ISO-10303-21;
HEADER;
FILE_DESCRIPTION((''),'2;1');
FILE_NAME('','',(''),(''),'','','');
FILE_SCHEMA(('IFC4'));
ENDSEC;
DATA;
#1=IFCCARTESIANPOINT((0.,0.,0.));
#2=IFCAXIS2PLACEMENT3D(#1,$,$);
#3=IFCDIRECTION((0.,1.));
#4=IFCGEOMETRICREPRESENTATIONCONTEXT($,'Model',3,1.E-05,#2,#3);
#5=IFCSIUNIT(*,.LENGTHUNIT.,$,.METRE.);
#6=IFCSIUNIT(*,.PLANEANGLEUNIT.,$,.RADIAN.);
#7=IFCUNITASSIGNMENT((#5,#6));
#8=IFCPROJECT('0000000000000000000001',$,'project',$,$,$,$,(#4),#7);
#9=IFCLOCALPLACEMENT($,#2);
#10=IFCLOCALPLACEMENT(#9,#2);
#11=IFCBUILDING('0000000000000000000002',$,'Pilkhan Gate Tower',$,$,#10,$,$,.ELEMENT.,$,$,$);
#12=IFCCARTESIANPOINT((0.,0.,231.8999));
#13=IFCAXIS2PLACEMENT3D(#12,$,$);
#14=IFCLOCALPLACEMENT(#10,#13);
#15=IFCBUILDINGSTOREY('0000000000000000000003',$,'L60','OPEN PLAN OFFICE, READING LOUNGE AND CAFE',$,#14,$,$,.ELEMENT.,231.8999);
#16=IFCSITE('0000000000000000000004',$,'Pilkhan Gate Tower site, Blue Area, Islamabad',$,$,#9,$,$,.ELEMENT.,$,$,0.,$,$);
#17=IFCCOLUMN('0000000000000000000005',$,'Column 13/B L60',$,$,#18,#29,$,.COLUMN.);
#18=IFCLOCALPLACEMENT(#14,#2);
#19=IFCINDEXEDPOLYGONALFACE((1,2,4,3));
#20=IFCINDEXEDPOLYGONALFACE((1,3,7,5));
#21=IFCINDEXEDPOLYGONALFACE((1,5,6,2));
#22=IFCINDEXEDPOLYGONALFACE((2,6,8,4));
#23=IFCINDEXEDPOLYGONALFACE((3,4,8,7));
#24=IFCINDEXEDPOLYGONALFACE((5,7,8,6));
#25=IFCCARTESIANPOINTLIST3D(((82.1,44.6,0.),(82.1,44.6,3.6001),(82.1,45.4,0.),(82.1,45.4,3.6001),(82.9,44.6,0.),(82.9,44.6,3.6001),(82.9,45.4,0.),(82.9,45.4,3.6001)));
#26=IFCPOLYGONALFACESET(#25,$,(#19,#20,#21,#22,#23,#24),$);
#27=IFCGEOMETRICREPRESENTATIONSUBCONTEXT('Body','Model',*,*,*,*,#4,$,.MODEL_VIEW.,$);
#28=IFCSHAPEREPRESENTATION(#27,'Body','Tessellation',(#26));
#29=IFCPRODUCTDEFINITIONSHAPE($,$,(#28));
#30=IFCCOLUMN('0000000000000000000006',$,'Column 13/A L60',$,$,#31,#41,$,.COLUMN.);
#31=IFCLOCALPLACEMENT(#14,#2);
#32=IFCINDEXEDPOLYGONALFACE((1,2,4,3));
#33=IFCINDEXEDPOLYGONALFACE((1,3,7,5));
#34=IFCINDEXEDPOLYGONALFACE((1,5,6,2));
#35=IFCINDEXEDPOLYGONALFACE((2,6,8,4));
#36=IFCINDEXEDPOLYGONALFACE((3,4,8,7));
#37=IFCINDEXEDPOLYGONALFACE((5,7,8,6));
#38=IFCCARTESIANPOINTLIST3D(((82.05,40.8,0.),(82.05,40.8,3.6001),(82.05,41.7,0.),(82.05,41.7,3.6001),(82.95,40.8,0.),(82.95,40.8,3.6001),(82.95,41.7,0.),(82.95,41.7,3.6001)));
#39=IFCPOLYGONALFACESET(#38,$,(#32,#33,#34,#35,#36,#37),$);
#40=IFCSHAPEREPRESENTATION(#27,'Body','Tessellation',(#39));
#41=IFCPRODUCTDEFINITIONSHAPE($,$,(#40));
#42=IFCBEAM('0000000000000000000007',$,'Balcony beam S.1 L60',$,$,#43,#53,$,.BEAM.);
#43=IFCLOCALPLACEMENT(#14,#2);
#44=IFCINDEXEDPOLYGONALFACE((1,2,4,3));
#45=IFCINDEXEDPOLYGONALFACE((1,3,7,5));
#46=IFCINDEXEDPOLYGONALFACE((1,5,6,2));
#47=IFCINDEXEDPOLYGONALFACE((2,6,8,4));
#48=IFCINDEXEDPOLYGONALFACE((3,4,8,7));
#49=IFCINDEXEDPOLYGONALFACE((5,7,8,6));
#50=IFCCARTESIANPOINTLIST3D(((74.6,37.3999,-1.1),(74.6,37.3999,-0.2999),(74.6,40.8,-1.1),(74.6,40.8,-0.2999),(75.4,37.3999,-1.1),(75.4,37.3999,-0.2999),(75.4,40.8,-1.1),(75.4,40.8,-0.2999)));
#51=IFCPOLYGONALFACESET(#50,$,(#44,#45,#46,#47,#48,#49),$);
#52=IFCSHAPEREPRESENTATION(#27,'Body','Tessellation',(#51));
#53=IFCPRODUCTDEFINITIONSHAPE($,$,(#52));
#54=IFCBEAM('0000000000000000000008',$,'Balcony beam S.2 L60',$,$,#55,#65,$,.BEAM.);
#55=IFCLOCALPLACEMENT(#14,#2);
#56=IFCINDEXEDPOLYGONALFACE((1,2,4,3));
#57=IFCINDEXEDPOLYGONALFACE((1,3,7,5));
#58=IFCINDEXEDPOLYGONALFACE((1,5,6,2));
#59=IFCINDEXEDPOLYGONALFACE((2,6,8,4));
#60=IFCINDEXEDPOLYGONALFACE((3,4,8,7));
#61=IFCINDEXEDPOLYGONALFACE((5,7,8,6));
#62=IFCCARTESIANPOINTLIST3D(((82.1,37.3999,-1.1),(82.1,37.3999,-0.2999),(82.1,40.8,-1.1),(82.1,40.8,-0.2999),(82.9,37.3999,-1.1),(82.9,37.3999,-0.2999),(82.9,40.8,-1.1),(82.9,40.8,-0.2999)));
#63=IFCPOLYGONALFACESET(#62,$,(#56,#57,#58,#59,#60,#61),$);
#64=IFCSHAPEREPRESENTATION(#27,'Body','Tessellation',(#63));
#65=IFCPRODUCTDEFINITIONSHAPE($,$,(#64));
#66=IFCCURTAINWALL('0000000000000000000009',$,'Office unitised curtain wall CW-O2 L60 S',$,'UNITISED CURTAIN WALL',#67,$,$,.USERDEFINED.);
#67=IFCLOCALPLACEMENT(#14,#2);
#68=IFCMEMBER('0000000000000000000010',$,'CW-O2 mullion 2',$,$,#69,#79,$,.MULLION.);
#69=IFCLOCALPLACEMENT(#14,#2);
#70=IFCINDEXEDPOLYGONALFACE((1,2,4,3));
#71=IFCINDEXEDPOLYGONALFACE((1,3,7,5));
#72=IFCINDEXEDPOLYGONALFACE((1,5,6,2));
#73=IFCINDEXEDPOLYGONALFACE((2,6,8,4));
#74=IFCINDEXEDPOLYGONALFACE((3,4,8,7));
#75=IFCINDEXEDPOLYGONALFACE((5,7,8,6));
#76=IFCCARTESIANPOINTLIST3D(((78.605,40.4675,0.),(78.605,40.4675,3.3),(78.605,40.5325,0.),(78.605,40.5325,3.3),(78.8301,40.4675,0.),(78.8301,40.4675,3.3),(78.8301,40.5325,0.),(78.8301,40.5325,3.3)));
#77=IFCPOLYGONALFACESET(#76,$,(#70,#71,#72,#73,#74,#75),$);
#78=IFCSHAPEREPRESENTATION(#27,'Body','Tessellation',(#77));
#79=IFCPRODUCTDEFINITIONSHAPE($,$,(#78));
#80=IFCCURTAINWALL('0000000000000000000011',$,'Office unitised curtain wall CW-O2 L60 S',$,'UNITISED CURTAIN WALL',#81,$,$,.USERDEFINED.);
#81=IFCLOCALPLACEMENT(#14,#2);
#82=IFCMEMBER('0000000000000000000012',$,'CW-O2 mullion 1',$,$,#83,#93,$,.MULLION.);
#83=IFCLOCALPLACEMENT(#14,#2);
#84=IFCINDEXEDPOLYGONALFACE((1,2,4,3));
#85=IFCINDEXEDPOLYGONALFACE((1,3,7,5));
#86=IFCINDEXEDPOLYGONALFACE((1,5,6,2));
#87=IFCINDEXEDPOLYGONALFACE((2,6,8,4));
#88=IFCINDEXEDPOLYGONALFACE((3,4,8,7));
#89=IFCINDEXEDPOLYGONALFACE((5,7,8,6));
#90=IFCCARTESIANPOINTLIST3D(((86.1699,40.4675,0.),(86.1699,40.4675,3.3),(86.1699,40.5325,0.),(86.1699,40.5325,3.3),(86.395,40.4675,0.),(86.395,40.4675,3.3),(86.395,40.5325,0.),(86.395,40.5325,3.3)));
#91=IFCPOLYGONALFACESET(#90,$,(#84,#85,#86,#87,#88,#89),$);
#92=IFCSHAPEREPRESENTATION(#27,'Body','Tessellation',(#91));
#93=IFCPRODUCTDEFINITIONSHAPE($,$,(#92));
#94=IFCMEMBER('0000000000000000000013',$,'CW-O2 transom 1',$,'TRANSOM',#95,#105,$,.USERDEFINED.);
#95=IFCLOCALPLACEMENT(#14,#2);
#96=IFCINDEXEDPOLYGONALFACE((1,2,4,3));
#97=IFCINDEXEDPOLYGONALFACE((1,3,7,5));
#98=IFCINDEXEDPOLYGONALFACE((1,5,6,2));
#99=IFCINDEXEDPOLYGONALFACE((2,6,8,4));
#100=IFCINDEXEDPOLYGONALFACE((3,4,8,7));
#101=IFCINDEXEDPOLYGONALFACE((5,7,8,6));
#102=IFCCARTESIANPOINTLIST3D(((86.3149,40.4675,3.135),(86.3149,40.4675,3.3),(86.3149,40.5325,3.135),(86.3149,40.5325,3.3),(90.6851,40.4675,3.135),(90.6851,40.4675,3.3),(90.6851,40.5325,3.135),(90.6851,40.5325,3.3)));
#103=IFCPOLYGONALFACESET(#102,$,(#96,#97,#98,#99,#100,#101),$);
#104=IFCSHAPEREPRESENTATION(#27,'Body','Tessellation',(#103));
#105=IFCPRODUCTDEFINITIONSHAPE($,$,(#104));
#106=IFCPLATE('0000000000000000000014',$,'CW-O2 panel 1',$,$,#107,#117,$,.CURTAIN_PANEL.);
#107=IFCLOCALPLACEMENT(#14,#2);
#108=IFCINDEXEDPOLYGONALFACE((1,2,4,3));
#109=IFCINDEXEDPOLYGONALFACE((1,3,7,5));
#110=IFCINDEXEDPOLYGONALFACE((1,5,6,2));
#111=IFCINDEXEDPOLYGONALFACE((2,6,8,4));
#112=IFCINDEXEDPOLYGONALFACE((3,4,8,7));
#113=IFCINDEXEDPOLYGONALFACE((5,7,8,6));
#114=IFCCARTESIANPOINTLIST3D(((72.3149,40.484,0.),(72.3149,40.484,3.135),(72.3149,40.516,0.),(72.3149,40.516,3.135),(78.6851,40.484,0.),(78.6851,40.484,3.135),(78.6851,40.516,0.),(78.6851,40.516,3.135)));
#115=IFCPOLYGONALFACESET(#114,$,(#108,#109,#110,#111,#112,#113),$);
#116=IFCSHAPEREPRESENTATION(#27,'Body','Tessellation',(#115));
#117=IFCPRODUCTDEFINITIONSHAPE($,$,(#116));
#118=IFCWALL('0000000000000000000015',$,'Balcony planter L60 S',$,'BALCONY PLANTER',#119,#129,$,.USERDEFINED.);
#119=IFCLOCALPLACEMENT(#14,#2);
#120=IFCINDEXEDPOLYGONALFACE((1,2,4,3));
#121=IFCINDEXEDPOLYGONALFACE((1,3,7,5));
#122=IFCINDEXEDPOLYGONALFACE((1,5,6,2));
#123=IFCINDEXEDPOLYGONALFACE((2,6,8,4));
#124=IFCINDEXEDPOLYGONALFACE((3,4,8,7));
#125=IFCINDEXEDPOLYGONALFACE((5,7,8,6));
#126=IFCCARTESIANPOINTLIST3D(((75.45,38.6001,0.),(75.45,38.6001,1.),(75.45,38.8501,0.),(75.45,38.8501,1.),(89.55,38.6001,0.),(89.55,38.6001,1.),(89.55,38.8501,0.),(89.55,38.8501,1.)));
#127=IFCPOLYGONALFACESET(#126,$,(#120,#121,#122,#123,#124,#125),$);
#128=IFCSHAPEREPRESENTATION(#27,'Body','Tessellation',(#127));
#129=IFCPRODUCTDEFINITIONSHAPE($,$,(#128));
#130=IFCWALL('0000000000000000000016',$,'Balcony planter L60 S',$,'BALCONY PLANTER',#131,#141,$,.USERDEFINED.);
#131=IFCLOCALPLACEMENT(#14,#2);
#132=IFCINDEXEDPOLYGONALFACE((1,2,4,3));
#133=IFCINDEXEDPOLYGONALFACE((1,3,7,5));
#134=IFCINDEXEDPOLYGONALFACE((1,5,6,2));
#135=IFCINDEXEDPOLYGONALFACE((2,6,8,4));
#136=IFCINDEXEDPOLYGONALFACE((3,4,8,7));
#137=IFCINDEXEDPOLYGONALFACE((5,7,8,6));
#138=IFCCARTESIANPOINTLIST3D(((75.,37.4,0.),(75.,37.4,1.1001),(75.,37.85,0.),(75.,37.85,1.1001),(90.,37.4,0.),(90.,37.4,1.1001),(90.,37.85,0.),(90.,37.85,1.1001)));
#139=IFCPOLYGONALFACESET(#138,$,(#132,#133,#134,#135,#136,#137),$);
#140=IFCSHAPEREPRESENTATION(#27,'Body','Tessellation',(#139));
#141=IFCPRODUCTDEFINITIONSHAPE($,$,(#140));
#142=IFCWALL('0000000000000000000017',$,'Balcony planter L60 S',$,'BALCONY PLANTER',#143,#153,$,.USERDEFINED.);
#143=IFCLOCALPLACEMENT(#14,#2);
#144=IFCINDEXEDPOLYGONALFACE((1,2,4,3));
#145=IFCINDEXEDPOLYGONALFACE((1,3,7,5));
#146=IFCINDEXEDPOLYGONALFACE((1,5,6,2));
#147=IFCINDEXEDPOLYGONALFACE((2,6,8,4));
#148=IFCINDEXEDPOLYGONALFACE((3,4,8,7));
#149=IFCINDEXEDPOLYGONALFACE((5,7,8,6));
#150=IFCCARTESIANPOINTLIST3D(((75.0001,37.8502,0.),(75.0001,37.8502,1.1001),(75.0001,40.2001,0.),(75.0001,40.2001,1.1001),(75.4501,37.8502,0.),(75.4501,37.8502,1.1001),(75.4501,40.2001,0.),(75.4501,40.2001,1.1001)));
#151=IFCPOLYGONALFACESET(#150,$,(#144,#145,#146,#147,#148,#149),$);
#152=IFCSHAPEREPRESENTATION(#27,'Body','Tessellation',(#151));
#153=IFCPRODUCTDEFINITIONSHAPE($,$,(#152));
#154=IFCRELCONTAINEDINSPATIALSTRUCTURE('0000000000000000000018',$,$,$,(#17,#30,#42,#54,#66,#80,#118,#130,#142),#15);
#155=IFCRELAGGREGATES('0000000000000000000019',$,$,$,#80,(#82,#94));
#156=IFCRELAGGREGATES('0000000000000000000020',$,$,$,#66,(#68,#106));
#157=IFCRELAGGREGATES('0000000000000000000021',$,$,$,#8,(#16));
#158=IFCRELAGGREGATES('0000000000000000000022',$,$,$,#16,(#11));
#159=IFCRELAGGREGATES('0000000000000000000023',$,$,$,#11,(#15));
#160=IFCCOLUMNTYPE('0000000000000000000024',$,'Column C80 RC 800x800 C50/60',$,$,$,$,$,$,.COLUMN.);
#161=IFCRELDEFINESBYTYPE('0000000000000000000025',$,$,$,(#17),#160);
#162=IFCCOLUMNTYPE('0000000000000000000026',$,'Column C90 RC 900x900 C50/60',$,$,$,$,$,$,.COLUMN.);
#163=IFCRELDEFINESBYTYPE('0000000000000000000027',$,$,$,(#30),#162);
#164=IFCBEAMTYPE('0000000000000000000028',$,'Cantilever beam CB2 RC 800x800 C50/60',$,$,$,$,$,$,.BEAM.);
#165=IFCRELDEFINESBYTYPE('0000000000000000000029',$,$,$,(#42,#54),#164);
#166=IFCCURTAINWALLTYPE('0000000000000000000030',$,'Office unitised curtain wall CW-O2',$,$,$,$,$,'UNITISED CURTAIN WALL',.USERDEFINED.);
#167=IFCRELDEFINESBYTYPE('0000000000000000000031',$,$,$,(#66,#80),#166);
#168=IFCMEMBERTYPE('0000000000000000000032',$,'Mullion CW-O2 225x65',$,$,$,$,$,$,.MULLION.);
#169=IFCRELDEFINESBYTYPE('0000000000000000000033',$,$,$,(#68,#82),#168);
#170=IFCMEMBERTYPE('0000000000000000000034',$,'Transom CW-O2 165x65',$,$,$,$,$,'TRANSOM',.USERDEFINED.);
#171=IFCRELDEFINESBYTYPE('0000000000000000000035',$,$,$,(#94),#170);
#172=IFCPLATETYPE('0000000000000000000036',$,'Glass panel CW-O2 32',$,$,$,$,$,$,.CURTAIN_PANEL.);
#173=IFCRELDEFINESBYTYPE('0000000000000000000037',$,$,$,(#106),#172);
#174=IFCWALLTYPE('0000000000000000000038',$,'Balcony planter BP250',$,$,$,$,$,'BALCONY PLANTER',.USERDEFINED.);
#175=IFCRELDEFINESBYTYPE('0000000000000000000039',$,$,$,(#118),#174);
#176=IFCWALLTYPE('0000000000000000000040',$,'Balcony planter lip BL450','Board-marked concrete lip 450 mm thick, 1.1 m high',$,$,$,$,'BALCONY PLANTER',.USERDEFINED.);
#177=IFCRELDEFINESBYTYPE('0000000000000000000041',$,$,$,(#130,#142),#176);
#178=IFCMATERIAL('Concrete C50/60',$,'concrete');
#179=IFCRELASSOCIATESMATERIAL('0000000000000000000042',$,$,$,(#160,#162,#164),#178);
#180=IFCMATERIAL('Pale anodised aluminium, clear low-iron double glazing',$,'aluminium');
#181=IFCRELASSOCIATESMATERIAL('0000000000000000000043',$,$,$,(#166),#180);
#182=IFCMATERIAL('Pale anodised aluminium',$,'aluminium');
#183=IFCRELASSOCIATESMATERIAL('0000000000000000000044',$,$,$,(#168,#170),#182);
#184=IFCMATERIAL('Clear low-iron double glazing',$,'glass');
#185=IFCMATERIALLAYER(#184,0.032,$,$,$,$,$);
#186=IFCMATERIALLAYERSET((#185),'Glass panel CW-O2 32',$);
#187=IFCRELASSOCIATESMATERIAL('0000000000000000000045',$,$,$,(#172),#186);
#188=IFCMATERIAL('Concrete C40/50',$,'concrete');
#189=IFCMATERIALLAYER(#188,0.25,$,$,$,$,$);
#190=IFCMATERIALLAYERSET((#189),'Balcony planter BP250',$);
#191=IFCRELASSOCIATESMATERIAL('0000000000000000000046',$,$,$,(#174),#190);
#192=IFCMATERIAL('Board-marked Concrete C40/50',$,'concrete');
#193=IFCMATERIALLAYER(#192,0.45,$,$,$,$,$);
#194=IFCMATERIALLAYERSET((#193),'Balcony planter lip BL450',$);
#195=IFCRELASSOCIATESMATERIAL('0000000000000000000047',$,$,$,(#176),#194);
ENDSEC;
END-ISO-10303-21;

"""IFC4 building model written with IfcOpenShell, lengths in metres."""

from ifc_helpers import new_model, si_unit, direction, frame, frame_2d, origin, origin_2d, place, context, subcontext, project, spatial, rectangle, extrude, material, layer, layer_set, material_profile, profile_set, type_object, element, aggregate, save


model = new_model("IFC4")

# Units and contexts
model_context = context("Model", 3, precision=1e-05, world=origin(), true_north=direction((0.0, 1.0)))
body_context = subcontext(model_context, "Body", "Model", "MODEL_VIEW")
ifc_project = project(units=[si_unit("LENGTHUNIT", "METRE"), si_unit("PLANEANGLEUNIT", "RADIAN")], contexts=[model_context])

# Site, building, storey
site_placement = place(None, origin())
site = spatial("IfcSite", under=ifc_project, at=site_placement, Name="Pilkhan Gate Tower site, Blue Area, Islamabad", CompositionType="ELEMENT", RefElevation=0.0)
building_placement = place(site_placement, origin())
building = spatial("IfcBuilding", under=site, at=building_placement, Name="Pilkhan Gate Tower", CompositionType="ELEMENT")
storey_placement = place(building_placement, frame((0.0, 0.0, 231.8999)))
storey = spatial("IfcBuildingStorey", under=building, at=storey_placement, Name="L60", Description="OPEN PLAN OFFICE, READING LOUNGE AND CAFE", CompositionType="ELEMENT", Elevation=231.8999)

# Columns
ifc_material_1 = material(Name="Concrete C50/60", Category="concrete")
ifc_material_profile_1 = material_profile(ifc_material_1, rectangle(XDim=0.8, YDim=0.8, at=origin_2d()), Name="RC 800x800")
ifc_profile_set_1 = profile_set([ifc_material_profile_1], Name="Concrete C50/60")
column_type_1 = type_object("IfcColumnType", Name="Column C80 RC 800x800 C50/60", PredefinedType="COLUMN", material=ifc_profile_set_1)
column_1_placement = place(storey_placement, frame((82.5, 45.0, 0.0), z_axis=(0.0, 0.0, 1.0), x_axis=(1.0, 0.0, 0.0)))
element("IfcColumn", 1, at=column_1_placement, inside=storey, type_object=column_type_1, Name="Column 13/B L60", PredefinedType="COLUMN", context=body_context, shape_type="SweptSolid", body=[
    extrude(rectangle(XDim=0.8, YDim=0.8, at=origin_2d()), origin(), (0.0, 0.0, 1.0), 3.6001),
])
ifc_material_profile_2 = material_profile(ifc_material_1, rectangle(XDim=0.8999, YDim=0.8999, at=origin_2d()), Name="RC 900x900")
ifc_profile_set_2 = profile_set([ifc_material_profile_2], Name="Concrete C50/60")
column_type_2 = type_object("IfcColumnType", Name="Column C90 RC 900x900 C50/60", PredefinedType="COLUMN", material=ifc_profile_set_2)
column_2_placement = place(storey_placement, frame((82.5, 41.25, 0.0), z_axis=(0.0, 0.0, 1.0), x_axis=(1.0, 0.0, 0.0)))
element("IfcColumn", 2, at=column_2_placement, inside=storey, type_object=column_type_2, Name="Column 13/A L60", PredefinedType="COLUMN", context=body_context, shape_type="SweptSolid", body=[
    extrude(rectangle(XDim=0.8999, YDim=0.8999, at=origin_2d()), origin(), (0.0, 0.0, 1.0), 3.6001),
])

# Beams
ifc_material_profile_3 = material_profile(ifc_material_1, rectangle(XDim=0.8, YDim=0.8, at=origin_2d()), Name="RC 800x800")
ifc_profile_set_3 = profile_set([ifc_material_profile_3], Name="Concrete C50/60")
beam_type = type_object("IfcBeamType", Name="Cantilever beam CB2 RC 800x800 C50/60", PredefinedType="BEAM", material=ifc_profile_set_3)
for number, where, z_axis, x_axis, name in (
    (3, (75.0, 40.8, -0.7), (0.0, -1.0, 0.0), (1.0, 0.0, 0.0), "Balcony beam S.1 L60"),
    (4, (82.5, 40.8, -0.7), (0.0, -1.0, 0.0), (1.0, 0.0, 0.0), "Balcony beam S.2 L60"),
):
    element("IfcBeam", number, at=place(storey_placement, frame(where, z_axis=z_axis, x_axis=x_axis)), inside=storey, type_object=beam_type, Name=name, PredefinedType="BEAM", context=body_context, shape_type="SweptSolid", body=[
        extrude(rectangle(XDim=0.8, YDim=0.8, at=origin_2d()), origin(), (0.0, 0.0, 1.0), 3.4001),
    ])

# Curtain wall, member
ifc_material_2 = material(Name="Pale anodised aluminium, clear low-iron double glazing", Category="aluminium")
curtain_wall_type = type_object("IfcCurtainWallType", Name="Office unitised curtain wall CW-O2", ElementType="UNITISED CURTAIN WALL", PredefinedType="USERDEFINED", material=ifc_material_2)
curtain_wall_1_placement = place(storey_placement, origin())
curtain_wall_1 = element("IfcCurtainWall", 5, at=curtain_wall_1_placement, inside=storey, type_object=curtain_wall_type, Name="Office unitised curtain wall CW-O2 L60 S", ObjectType="UNITISED CURTAIN WALL", PredefinedType="USERDEFINED")
ifc_material_3 = material(Name="Pale anodised aluminium", Category="aluminium")
ifc_material_profile_4 = material_profile(ifc_material_3, rectangle(XDim=0.0649, YDim=0.2251, at=origin_2d()), Name="Mullion 225x65")
ifc_profile_set_4 = profile_set([ifc_material_profile_4], Name="Pale anodised aluminium")
member_type_1 = type_object("IfcMemberType", Name="Mullion CW-O2 225x65", PredefinedType="MULLION", material=ifc_profile_set_4)
member_1_placement = place(storey_placement, frame((78.7175, 40.5, 0.0), z_axis=(0.0, 0.0, 1.0), x_axis=(0.0, 1.0, 0.0)))
member_1 = element("IfcMember", 6, at=member_1_placement, type_object=member_type_1, Name="CW-O2 mullion 2", PredefinedType="MULLION", context=body_context, shape_type="SweptSolid", body=[
    extrude(rectangle(XDim=0.0649, YDim=0.2251, at=origin_2d()), origin(), (0.0, 0.0, 1.0), 3.3),
])

# Curtain wall, members
curtain_wall_2_placement = place(storey_placement, origin())
curtain_wall_2 = element("IfcCurtainWall", 7, at=curtain_wall_2_placement, inside=storey, type_object=curtain_wall_type, Name="Office unitised curtain wall CW-O2 L60 S", ObjectType="UNITISED CURTAIN WALL", PredefinedType="USERDEFINED")
member_2_placement = place(storey_placement, frame((86.2825, 40.5, 0.0), z_axis=(0.0, 0.0, 1.0), x_axis=(0.0, 1.0, 0.0)))
member_2 = element("IfcMember", 8, at=member_2_placement, type_object=member_type_1, Name="CW-O2 mullion 1", PredefinedType="MULLION", context=body_context, shape_type="SweptSolid", body=[
    extrude(rectangle(XDim=0.0649, YDim=0.2251, at=origin_2d()), origin(), (0.0, 0.0, 1.0), 3.3),
])
ifc_material_profile_5 = material_profile(ifc_material_3, rectangle(XDim=0.0649, YDim=0.165, at=origin_2d()), Name="Transom 165x65")
ifc_profile_set_5 = profile_set([ifc_material_profile_5], Name="Pale anodised aluminium")
member_type_2 = type_object("IfcMemberType", Name="Transom CW-O2 165x65", ElementType="TRANSOM", PredefinedType="USERDEFINED", material=ifc_profile_set_5)
member_3_placement = place(storey_placement, frame((86.3149, 40.5, 3.2175), z_axis=(1.0, 0.0, 0.0), x_axis=(0.0, 1.0, 0.0)))
member_3 = element("IfcMember", 9, at=member_3_placement, type_object=member_type_2, Name="CW-O2 transom 1", ObjectType="TRANSOM", PredefinedType="USERDEFINED", context=body_context, shape_type="SweptSolid", body=[
    extrude(rectangle(XDim=0.0649, YDim=0.165, at=origin_2d()), origin(), (0.0, 0.0, 1.0), 4.3701),
])
aggregate(curtain_wall_2, [member_2, member_3])

# Plate
ifc_material_4 = material(Name="Clear low-iron double glazing", Category="glass")
ifc_layer_1 = layer(ifc_material_4, 0.032)
ifc_layer_set_1 = layer_set([ifc_layer_1], Name="Glass panel CW-O2 32")
plate_type = type_object("IfcPlateType", Name="Glass panel CW-O2 32", PredefinedType="CURTAIN_PANEL", material=ifc_layer_set_1)
plate_placement = place(storey_placement, frame((75.5, 40.5, 0.0), z_axis=(0.0, 0.0, 1.0), x_axis=(1.0, 0.0, 0.0)))
plate = element("IfcPlate", 10, at=plate_placement, type_object=plate_type, Name="CW-O2 panel 1", PredefinedType="CURTAIN_PANEL", context=body_context, shape_type="SweptSolid", body=[
    extrude(rectangle(XDim=6.3701, YDim=0.032, at=origin_2d()), origin(), (0.0, 0.0, 1.0), 3.135),
])
aggregate(curtain_wall_1, [member_1, plate])

# Walls
ifc_material_5 = material(Name="Concrete C40/50", Category="concrete")
ifc_layer_2 = layer(ifc_material_5, 0.25)
ifc_layer_set_2 = layer_set([ifc_layer_2], Name="Balcony planter BP250")
wall_type_1 = type_object("IfcWallType", Name="Balcony planter BP250", ElementType="BALCONY PLANTER", PredefinedType="USERDEFINED", material=ifc_layer_set_2)
wall_1_placement = place(storey_placement, frame((75.45, 38.7251, 0.0), z_axis=(0.0, 0.0, 1.0), x_axis=(1.0, 0.0, 0.0)))
element("IfcWall", 11, at=wall_1_placement, inside=storey, type_object=wall_type_1, Name="Balcony planter L60 S", ObjectType="BALCONY PLANTER", PredefinedType="USERDEFINED", context=body_context, shape_type="SweptSolid", body=[
    extrude(rectangle(XDim=14.1001, YDim=0.25, at=frame_2d((7.05, 0.0))), origin(), (0.0, 0.0, 1.0), 1.0),
])
ifc_material_6 = material(Name="Board-marked Concrete C40/50", Category="concrete")
ifc_layer_3 = layer(ifc_material_6, 0.45)
ifc_layer_set_3 = layer_set([ifc_layer_3], Name="Balcony planter lip BL450")
wall_type_2 = type_object("IfcWallType", Name="Balcony planter lip BL450", Description="Board-marked concrete lip 450 mm thick, 1.1 m high", ElementType="BALCONY PLANTER", PredefinedType="USERDEFINED", material=ifc_layer_set_3)
wall_2_placement = place(storey_placement, frame((75.0, 37.625, 0.0), z_axis=(0.0, 0.0, 1.0), x_axis=(1.0, 0.0, 0.0)))
element("IfcWall", 12, at=wall_2_placement, inside=storey, type_object=wall_type_2, Name="Balcony planter L60 S", ObjectType="BALCONY PLANTER", PredefinedType="USERDEFINED", context=body_context, shape_type="SweptSolid", body=[
    extrude(rectangle(XDim=15.0, YDim=0.45, at=frame_2d((7.5, 0.0))), origin(), (0.0, 0.0, 1.0), 1.1001),
])
wall_3_placement = place(storey_placement, frame((75.2251, 40.2, 0.0), z_axis=(0.0, 0.0, 1.0), x_axis=(0.0, -1.0, 0.0)))
element("IfcWall", 13, at=wall_3_placement, inside=storey, type_object=wall_type_2, Name="Balcony planter L60 S", ObjectType="BALCONY PLANTER", PredefinedType="USERDEFINED", context=body_context, shape_type="SweptSolid", body=[
    extrude(rectangle(XDim=2.3499, YDim=0.45, at=frame_2d((1.1748, 0.0))), origin(), (0.0, 0.0, 1.0), 1.1001),
])

save(model, "model.ifc")
